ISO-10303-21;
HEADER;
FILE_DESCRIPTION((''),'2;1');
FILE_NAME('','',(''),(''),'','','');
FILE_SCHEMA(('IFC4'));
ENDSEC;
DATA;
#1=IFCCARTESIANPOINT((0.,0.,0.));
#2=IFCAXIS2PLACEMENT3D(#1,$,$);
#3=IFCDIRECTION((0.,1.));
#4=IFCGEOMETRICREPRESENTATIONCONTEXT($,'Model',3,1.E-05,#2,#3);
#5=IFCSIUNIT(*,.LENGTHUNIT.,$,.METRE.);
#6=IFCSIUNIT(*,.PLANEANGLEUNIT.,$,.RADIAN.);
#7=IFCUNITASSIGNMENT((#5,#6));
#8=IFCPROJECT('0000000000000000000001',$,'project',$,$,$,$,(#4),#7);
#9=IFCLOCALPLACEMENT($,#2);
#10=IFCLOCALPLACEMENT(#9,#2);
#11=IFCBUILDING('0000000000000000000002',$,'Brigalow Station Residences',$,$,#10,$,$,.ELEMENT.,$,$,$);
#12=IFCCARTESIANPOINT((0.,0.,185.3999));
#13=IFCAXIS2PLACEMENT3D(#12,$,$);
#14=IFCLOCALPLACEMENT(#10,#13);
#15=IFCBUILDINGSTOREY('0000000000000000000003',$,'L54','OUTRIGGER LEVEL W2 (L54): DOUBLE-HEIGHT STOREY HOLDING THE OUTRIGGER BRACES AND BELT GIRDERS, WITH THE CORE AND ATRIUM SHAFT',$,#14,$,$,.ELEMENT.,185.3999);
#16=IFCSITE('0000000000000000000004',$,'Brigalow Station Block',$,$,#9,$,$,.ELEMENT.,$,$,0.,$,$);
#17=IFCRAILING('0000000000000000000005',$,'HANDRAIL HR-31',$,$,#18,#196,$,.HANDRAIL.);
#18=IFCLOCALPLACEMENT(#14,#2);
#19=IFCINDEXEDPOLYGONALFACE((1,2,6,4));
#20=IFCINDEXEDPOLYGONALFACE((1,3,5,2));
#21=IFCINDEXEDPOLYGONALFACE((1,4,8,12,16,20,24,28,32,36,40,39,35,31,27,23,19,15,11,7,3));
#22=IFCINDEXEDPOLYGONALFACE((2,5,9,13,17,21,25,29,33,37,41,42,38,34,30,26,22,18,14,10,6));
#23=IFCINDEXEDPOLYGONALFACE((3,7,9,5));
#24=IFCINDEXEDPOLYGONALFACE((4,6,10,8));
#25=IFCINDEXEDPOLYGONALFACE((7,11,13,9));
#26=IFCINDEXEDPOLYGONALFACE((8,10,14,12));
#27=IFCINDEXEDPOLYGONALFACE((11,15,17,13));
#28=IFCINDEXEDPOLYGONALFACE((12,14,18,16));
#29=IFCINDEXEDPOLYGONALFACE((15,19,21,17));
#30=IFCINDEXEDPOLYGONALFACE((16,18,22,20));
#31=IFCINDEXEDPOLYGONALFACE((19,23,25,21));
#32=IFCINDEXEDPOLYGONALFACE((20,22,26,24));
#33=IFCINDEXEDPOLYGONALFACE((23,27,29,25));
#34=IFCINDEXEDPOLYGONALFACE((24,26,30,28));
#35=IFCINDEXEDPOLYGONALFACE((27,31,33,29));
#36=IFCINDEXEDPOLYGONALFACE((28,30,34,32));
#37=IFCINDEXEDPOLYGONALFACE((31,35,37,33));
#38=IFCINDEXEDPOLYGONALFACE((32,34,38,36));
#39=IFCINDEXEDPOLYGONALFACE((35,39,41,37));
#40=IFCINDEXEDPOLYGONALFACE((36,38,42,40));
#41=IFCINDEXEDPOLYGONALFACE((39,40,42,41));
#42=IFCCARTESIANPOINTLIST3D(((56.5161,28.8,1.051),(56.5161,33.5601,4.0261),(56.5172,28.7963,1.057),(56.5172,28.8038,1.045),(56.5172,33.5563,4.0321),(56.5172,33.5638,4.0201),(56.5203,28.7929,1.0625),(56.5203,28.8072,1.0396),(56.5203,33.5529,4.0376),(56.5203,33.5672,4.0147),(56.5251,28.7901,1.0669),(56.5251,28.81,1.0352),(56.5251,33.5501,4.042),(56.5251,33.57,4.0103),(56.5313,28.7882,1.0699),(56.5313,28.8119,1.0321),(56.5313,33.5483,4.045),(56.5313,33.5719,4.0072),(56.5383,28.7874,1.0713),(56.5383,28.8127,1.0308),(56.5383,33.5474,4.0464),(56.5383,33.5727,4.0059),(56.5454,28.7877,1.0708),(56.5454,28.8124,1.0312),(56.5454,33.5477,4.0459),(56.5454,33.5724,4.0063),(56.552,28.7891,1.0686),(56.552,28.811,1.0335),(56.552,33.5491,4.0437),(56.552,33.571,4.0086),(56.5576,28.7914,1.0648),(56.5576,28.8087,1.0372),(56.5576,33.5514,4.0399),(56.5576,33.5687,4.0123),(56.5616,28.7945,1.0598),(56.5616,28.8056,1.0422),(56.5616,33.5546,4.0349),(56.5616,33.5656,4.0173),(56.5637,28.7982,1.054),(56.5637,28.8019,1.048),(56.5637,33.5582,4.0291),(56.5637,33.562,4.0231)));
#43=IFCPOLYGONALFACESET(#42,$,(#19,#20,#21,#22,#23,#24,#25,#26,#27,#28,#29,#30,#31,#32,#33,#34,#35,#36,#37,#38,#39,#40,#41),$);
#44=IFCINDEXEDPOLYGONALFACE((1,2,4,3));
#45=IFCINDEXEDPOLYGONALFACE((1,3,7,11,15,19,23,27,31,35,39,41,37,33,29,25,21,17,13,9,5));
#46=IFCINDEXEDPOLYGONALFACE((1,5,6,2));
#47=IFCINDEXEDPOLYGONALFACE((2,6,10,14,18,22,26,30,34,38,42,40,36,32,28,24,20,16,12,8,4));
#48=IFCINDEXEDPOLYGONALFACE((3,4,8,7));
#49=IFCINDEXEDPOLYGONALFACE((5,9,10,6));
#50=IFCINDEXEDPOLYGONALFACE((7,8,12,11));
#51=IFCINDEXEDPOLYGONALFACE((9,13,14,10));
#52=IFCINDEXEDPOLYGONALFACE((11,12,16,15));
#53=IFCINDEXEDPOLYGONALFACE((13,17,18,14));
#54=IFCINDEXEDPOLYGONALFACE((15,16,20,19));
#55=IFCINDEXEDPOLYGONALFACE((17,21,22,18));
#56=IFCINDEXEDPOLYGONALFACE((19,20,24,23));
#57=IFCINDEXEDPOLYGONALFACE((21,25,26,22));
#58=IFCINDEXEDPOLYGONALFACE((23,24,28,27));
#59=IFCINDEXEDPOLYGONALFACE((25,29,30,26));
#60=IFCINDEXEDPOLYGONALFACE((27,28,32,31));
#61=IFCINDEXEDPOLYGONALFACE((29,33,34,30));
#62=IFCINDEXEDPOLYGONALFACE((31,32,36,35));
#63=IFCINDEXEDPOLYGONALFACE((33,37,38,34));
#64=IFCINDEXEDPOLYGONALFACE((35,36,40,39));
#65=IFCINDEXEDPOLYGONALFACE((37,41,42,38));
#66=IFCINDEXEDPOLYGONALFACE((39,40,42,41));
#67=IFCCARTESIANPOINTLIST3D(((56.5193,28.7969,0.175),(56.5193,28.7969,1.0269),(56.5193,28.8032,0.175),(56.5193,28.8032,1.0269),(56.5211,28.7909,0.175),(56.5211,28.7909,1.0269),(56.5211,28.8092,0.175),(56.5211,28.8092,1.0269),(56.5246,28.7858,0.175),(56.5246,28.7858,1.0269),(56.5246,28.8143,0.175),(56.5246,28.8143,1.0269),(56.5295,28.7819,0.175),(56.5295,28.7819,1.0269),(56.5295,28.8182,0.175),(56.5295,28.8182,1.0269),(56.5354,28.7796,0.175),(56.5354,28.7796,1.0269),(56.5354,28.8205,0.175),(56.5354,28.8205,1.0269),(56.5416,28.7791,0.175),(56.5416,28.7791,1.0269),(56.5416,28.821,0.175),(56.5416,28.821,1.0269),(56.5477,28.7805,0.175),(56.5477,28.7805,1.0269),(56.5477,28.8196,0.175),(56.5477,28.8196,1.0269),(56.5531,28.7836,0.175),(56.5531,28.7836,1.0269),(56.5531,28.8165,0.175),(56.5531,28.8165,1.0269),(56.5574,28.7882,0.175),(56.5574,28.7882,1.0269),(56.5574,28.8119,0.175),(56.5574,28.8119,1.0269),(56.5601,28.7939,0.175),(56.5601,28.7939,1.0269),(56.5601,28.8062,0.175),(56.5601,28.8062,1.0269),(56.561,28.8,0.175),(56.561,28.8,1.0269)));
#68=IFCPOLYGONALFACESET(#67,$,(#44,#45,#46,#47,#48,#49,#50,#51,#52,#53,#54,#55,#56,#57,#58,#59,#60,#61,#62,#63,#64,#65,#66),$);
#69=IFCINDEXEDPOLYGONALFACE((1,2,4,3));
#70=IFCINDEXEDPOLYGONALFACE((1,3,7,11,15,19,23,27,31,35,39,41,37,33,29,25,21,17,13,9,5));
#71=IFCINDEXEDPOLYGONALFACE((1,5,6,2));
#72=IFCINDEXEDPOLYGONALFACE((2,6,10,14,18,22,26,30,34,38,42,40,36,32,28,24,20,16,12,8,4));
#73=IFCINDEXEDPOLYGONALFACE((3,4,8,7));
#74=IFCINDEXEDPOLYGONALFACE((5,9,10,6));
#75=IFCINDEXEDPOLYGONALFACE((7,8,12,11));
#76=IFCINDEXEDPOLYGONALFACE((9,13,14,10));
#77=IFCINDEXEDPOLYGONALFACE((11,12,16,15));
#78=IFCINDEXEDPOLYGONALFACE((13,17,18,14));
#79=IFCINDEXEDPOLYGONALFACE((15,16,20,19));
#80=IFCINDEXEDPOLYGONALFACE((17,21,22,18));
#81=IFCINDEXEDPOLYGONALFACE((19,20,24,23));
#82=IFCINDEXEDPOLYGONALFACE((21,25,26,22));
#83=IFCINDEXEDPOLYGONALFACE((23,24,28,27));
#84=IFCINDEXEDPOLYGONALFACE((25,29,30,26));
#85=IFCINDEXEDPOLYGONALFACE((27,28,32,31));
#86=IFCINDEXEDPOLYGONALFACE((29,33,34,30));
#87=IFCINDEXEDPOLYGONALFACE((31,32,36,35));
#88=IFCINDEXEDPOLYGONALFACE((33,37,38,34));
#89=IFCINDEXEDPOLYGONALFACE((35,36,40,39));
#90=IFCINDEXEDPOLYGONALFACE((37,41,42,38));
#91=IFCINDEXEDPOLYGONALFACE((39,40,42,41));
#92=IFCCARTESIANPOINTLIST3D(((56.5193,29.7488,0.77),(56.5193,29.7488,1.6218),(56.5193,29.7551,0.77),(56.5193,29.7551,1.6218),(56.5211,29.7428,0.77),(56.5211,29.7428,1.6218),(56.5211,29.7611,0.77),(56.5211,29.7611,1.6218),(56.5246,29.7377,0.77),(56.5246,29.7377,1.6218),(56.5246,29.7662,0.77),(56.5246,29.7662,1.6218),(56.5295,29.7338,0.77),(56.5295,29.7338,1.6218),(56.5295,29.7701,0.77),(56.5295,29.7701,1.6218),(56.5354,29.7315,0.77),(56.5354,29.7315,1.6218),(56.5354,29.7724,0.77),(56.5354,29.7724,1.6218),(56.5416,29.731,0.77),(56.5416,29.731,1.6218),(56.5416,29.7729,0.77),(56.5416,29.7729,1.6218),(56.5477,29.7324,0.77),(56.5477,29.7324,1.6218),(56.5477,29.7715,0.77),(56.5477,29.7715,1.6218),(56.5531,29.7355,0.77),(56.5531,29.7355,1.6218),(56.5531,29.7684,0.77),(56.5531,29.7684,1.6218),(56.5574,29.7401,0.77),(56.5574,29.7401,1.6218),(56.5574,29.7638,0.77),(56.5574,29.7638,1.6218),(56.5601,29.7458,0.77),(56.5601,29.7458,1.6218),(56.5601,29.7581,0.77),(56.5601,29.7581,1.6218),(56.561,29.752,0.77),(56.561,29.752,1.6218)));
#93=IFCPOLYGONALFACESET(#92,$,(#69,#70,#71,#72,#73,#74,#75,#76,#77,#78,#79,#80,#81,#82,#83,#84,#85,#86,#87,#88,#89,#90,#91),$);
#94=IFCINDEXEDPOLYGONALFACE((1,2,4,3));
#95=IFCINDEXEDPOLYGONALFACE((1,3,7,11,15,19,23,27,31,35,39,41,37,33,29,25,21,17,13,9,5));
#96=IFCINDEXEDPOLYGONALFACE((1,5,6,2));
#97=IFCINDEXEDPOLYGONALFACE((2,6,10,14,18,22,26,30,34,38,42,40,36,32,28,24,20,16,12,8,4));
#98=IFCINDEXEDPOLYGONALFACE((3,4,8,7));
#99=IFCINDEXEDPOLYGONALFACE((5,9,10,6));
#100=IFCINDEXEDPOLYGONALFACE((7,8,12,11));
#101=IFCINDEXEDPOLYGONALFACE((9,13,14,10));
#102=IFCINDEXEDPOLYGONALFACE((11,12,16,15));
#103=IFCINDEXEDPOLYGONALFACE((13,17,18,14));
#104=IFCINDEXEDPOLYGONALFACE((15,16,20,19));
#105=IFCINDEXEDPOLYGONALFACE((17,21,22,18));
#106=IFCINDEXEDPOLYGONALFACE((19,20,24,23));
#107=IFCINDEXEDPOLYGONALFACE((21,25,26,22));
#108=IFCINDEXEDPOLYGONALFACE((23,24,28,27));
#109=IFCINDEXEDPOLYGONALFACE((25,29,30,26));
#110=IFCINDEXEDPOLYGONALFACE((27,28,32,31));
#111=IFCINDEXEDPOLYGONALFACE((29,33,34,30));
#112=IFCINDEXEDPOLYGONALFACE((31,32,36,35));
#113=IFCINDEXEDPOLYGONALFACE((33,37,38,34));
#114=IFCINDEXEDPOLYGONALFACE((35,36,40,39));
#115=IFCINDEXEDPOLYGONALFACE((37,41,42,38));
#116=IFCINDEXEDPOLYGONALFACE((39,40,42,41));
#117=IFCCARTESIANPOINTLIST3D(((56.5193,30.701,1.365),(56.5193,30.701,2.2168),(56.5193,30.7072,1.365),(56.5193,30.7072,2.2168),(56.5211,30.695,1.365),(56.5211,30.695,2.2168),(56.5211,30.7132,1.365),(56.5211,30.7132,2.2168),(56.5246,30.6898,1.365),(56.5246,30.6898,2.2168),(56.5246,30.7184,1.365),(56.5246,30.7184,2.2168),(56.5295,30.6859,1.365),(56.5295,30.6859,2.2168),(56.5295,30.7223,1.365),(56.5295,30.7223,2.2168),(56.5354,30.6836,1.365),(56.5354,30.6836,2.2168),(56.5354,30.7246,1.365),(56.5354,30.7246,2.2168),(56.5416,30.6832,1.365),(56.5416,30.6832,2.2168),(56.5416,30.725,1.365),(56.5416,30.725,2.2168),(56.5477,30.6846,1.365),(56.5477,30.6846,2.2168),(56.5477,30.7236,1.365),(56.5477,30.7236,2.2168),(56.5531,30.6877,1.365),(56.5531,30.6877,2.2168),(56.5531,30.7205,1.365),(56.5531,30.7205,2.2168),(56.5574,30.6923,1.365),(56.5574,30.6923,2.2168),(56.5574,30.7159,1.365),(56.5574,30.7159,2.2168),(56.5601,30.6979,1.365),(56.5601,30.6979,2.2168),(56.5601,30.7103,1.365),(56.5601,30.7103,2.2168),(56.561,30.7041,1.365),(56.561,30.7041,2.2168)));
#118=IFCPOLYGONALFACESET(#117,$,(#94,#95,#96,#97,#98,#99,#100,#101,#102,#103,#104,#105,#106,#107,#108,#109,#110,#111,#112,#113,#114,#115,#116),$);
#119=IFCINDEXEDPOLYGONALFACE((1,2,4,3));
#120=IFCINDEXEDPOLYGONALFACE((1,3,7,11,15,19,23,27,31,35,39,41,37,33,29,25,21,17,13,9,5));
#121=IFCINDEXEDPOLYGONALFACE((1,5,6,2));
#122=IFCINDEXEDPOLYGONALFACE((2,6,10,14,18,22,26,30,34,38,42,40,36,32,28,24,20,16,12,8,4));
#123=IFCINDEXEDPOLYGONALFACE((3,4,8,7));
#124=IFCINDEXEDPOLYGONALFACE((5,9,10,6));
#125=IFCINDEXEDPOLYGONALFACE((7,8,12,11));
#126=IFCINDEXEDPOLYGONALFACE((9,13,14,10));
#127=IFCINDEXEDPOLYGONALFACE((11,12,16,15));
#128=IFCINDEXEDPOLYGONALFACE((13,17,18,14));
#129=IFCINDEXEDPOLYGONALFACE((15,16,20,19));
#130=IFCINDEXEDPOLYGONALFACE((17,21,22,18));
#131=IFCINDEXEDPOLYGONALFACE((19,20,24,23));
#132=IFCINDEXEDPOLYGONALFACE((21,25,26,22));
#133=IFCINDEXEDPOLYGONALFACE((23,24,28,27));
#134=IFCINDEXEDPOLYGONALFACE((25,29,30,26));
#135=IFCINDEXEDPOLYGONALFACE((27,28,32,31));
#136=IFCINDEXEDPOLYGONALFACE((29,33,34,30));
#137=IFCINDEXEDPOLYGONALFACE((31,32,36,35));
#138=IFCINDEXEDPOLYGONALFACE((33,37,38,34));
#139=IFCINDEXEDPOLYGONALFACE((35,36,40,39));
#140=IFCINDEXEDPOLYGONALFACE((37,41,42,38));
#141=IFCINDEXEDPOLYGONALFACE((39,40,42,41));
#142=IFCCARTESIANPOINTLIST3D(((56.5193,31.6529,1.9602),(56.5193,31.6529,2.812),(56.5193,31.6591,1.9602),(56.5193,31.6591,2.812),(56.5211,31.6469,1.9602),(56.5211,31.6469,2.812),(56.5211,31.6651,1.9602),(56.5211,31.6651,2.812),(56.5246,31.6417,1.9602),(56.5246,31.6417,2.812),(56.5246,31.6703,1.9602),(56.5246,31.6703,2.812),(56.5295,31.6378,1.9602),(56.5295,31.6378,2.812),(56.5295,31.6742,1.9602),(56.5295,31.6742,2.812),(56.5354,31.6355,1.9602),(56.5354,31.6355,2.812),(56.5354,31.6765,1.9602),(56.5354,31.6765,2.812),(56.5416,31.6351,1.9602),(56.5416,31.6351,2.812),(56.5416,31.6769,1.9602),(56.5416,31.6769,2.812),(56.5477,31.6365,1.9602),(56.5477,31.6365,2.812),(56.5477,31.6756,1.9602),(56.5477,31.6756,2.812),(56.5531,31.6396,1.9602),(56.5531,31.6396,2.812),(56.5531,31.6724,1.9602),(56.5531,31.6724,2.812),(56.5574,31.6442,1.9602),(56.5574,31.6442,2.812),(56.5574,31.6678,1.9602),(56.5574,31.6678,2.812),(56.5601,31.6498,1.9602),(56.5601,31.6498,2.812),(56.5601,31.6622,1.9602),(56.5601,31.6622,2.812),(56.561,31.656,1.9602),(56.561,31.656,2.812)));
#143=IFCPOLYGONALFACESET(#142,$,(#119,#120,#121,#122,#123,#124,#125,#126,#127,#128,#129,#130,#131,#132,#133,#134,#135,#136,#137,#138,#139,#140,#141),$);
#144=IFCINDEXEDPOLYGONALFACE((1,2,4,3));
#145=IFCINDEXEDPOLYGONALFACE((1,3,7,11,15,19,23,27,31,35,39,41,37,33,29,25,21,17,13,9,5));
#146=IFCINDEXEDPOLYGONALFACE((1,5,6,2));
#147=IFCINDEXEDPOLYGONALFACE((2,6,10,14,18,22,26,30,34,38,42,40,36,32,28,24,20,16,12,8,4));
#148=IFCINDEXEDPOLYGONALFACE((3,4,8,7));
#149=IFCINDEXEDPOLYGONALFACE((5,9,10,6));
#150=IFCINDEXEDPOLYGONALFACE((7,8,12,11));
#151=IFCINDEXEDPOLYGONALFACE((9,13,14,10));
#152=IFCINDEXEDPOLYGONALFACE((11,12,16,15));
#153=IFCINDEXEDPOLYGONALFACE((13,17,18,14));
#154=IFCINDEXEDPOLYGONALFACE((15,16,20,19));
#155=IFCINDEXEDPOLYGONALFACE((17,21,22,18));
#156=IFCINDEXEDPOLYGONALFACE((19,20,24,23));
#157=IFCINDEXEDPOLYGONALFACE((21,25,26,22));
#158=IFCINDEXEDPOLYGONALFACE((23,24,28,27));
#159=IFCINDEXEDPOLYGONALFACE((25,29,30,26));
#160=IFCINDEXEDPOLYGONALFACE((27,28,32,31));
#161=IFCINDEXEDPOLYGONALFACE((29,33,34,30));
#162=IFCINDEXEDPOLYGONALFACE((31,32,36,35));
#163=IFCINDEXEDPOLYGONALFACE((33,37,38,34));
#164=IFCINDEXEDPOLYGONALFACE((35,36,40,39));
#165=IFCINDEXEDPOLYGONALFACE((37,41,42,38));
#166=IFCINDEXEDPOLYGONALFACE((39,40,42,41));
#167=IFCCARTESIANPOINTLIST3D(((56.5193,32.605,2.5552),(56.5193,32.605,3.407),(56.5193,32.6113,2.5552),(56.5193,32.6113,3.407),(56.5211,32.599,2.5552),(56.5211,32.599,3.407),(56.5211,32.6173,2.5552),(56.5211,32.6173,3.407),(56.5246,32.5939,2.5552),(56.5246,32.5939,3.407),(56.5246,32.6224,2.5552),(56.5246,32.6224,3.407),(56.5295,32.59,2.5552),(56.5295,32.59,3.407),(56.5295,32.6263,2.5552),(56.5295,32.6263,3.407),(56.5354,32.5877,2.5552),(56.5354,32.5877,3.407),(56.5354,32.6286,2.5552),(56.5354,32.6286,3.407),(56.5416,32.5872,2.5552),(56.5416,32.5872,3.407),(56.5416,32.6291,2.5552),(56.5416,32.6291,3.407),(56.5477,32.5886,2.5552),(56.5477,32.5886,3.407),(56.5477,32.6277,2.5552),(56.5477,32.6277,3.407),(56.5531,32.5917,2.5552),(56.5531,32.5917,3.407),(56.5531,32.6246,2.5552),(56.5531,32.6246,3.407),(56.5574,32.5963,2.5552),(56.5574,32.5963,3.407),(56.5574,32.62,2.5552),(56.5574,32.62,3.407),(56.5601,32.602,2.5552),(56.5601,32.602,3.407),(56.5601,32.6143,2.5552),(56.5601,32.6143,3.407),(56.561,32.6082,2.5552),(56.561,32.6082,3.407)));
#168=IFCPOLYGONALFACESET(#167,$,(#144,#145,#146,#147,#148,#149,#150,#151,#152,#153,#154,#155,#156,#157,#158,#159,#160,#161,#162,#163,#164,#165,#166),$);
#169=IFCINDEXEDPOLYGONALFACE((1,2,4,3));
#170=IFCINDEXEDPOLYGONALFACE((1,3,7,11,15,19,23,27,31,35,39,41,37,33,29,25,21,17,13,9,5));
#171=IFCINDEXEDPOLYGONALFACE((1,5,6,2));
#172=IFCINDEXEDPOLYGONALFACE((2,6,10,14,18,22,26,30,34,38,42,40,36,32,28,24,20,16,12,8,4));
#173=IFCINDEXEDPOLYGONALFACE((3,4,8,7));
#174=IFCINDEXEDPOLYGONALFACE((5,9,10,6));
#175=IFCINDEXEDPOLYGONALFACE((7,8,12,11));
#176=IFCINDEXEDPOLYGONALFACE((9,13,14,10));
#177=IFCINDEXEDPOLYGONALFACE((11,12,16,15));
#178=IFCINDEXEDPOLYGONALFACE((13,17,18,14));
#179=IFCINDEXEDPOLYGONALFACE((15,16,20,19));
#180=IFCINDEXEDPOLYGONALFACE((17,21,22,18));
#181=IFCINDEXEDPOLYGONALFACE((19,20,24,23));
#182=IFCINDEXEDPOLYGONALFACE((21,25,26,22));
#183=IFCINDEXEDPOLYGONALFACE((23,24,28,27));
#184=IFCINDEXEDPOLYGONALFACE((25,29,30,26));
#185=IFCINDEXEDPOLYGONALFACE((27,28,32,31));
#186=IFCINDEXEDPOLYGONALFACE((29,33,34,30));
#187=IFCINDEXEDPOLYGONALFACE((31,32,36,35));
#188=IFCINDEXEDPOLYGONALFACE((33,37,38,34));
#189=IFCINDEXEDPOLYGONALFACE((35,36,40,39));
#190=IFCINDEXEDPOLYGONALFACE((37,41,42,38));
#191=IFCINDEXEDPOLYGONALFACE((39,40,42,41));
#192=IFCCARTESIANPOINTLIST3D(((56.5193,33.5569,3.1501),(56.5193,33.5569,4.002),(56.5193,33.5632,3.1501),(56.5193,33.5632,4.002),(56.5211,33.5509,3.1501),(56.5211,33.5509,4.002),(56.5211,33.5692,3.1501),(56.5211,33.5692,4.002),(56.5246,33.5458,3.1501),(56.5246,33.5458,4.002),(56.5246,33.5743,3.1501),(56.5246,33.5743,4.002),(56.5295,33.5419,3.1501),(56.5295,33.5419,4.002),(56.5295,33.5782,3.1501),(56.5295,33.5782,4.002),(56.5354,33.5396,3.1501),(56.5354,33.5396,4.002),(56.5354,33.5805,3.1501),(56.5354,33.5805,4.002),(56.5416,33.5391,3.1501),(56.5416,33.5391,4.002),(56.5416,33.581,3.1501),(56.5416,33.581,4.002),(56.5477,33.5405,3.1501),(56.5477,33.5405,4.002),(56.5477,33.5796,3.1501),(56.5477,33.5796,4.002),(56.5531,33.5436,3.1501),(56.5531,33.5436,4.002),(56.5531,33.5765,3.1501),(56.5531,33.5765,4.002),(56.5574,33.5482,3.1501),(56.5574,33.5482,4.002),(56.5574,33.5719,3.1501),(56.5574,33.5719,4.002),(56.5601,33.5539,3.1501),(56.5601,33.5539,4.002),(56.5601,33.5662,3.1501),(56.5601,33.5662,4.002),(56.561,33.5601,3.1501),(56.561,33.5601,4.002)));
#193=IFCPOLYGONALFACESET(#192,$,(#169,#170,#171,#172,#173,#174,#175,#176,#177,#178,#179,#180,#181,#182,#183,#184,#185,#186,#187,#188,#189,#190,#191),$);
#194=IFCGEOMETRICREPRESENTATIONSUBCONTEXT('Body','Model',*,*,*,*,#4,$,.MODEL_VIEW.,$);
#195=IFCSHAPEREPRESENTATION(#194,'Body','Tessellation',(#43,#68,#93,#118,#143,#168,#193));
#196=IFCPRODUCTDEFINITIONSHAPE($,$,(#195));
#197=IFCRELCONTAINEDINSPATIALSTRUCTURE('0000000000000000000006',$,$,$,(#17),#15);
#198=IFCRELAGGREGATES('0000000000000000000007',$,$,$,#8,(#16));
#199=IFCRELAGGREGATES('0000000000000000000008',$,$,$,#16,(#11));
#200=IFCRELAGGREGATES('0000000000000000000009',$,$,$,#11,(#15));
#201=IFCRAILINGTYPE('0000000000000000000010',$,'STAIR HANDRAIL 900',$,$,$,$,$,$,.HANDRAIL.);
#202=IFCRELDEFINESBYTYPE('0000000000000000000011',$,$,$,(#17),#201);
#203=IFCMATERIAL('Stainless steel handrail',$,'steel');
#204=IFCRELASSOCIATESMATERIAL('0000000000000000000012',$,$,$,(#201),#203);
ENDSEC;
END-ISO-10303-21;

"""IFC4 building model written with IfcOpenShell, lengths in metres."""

from ifc_helpers import new_model, si_unit, direction, frame, origin, origin_2d, place, context, subcontext, project, spatial, circle, extrude, material, type_object, element, save


model = new_model("IFC4")

# Units and contexts
model_context = context("Model", 3, precision=1e-05, world=origin(), true_north=direction((0.0, 1.0)))
body_context = subcontext(model_context, "Body", "Model", "MODEL_VIEW")
ifc_project = project(units=[si_unit("LENGTHUNIT", "METRE"), si_unit("PLANEANGLEUNIT", "RADIAN")], contexts=[model_context])

# Site, building, storey
site_placement = place(None, origin())
site = spatial("IfcSite", under=ifc_project, at=site_placement, Name="Brigalow Station Block", CompositionType="ELEMENT", RefElevation=0.0)
building_placement = place(site_placement, origin())
building = spatial("IfcBuilding", under=site, at=building_placement, Name="Brigalow Station Residences", CompositionType="ELEMENT")
storey_placement = place(building_placement, frame((0.0, 0.0, 185.3999)))
storey = spatial("IfcBuildingStorey", under=building, at=storey_placement, Name="L54", Description="OUTRIGGER LEVEL W2 (L54): DOUBLE-HEIGHT STOREY HOLDING THE OUTRIGGER BRACES AND BELT GIRDERS, WITH THE CORE AND ATRIUM SHAFT", CompositionType="ELEMENT", Elevation=185.3999)

# Railing
ifc_material_1 = material(Name="Stainless steel handrail", Category="steel")
railing_type_1 = type_object("IfcRailingType", Name="STAIR HANDRAIL 900", PredefinedType="HANDRAIL", material=ifc_material_1)
railing_1_placement = place(storey_placement, frame((56.54, 28.8, 0.175)))
element("IfcRailing", 1, at=railing_1_placement, inside=storey, type_object=railing_type_1, Name="HANDRAIL HR-31", PredefinedType="HANDRAIL", context=body_context, shape_type="SweptSolid", body=[
    extrude(circle(Radius=0.0239, at=origin_2d()), frame((0.0, 0.0, 0.876), z_axis=(0.0, 0.847991, 0.530011), x_axis=(-1.0, 0.0, 0.0)), (0.0, 0.0, 1.0), 5.6133),
    extrude(circle(Radius=0.021, at=origin_2d()), origin(), (0.0, 0.0, 1.0), 0.8518),
    extrude(circle(Radius=0.021, at=origin_2d()), frame((0.0, 0.9519, 0.595)), (0.0, 0.0, 1.0), 0.8518),
    extrude(circle(Radius=0.021, at=origin_2d()), frame((0.0, 1.9041, 1.1899)), (0.0, 0.0, 1.0), 0.8518),
    extrude(circle(Radius=0.021, at=origin_2d()), frame((0.0, 2.856, 1.7852)), (0.0, 0.0, 1.0), 0.8518),
    extrude(circle(Radius=0.021, at=origin_2d()), frame((0.0, 3.8081, 2.3801)), (0.0, 0.0, 1.0), 0.8518),
    extrude(circle(Radius=0.021, at=origin_2d()), frame((0.0, 4.76, 2.9751)), (0.0, 0.0, 1.0), 0.8518),
])

save(model, "model.ifc")
